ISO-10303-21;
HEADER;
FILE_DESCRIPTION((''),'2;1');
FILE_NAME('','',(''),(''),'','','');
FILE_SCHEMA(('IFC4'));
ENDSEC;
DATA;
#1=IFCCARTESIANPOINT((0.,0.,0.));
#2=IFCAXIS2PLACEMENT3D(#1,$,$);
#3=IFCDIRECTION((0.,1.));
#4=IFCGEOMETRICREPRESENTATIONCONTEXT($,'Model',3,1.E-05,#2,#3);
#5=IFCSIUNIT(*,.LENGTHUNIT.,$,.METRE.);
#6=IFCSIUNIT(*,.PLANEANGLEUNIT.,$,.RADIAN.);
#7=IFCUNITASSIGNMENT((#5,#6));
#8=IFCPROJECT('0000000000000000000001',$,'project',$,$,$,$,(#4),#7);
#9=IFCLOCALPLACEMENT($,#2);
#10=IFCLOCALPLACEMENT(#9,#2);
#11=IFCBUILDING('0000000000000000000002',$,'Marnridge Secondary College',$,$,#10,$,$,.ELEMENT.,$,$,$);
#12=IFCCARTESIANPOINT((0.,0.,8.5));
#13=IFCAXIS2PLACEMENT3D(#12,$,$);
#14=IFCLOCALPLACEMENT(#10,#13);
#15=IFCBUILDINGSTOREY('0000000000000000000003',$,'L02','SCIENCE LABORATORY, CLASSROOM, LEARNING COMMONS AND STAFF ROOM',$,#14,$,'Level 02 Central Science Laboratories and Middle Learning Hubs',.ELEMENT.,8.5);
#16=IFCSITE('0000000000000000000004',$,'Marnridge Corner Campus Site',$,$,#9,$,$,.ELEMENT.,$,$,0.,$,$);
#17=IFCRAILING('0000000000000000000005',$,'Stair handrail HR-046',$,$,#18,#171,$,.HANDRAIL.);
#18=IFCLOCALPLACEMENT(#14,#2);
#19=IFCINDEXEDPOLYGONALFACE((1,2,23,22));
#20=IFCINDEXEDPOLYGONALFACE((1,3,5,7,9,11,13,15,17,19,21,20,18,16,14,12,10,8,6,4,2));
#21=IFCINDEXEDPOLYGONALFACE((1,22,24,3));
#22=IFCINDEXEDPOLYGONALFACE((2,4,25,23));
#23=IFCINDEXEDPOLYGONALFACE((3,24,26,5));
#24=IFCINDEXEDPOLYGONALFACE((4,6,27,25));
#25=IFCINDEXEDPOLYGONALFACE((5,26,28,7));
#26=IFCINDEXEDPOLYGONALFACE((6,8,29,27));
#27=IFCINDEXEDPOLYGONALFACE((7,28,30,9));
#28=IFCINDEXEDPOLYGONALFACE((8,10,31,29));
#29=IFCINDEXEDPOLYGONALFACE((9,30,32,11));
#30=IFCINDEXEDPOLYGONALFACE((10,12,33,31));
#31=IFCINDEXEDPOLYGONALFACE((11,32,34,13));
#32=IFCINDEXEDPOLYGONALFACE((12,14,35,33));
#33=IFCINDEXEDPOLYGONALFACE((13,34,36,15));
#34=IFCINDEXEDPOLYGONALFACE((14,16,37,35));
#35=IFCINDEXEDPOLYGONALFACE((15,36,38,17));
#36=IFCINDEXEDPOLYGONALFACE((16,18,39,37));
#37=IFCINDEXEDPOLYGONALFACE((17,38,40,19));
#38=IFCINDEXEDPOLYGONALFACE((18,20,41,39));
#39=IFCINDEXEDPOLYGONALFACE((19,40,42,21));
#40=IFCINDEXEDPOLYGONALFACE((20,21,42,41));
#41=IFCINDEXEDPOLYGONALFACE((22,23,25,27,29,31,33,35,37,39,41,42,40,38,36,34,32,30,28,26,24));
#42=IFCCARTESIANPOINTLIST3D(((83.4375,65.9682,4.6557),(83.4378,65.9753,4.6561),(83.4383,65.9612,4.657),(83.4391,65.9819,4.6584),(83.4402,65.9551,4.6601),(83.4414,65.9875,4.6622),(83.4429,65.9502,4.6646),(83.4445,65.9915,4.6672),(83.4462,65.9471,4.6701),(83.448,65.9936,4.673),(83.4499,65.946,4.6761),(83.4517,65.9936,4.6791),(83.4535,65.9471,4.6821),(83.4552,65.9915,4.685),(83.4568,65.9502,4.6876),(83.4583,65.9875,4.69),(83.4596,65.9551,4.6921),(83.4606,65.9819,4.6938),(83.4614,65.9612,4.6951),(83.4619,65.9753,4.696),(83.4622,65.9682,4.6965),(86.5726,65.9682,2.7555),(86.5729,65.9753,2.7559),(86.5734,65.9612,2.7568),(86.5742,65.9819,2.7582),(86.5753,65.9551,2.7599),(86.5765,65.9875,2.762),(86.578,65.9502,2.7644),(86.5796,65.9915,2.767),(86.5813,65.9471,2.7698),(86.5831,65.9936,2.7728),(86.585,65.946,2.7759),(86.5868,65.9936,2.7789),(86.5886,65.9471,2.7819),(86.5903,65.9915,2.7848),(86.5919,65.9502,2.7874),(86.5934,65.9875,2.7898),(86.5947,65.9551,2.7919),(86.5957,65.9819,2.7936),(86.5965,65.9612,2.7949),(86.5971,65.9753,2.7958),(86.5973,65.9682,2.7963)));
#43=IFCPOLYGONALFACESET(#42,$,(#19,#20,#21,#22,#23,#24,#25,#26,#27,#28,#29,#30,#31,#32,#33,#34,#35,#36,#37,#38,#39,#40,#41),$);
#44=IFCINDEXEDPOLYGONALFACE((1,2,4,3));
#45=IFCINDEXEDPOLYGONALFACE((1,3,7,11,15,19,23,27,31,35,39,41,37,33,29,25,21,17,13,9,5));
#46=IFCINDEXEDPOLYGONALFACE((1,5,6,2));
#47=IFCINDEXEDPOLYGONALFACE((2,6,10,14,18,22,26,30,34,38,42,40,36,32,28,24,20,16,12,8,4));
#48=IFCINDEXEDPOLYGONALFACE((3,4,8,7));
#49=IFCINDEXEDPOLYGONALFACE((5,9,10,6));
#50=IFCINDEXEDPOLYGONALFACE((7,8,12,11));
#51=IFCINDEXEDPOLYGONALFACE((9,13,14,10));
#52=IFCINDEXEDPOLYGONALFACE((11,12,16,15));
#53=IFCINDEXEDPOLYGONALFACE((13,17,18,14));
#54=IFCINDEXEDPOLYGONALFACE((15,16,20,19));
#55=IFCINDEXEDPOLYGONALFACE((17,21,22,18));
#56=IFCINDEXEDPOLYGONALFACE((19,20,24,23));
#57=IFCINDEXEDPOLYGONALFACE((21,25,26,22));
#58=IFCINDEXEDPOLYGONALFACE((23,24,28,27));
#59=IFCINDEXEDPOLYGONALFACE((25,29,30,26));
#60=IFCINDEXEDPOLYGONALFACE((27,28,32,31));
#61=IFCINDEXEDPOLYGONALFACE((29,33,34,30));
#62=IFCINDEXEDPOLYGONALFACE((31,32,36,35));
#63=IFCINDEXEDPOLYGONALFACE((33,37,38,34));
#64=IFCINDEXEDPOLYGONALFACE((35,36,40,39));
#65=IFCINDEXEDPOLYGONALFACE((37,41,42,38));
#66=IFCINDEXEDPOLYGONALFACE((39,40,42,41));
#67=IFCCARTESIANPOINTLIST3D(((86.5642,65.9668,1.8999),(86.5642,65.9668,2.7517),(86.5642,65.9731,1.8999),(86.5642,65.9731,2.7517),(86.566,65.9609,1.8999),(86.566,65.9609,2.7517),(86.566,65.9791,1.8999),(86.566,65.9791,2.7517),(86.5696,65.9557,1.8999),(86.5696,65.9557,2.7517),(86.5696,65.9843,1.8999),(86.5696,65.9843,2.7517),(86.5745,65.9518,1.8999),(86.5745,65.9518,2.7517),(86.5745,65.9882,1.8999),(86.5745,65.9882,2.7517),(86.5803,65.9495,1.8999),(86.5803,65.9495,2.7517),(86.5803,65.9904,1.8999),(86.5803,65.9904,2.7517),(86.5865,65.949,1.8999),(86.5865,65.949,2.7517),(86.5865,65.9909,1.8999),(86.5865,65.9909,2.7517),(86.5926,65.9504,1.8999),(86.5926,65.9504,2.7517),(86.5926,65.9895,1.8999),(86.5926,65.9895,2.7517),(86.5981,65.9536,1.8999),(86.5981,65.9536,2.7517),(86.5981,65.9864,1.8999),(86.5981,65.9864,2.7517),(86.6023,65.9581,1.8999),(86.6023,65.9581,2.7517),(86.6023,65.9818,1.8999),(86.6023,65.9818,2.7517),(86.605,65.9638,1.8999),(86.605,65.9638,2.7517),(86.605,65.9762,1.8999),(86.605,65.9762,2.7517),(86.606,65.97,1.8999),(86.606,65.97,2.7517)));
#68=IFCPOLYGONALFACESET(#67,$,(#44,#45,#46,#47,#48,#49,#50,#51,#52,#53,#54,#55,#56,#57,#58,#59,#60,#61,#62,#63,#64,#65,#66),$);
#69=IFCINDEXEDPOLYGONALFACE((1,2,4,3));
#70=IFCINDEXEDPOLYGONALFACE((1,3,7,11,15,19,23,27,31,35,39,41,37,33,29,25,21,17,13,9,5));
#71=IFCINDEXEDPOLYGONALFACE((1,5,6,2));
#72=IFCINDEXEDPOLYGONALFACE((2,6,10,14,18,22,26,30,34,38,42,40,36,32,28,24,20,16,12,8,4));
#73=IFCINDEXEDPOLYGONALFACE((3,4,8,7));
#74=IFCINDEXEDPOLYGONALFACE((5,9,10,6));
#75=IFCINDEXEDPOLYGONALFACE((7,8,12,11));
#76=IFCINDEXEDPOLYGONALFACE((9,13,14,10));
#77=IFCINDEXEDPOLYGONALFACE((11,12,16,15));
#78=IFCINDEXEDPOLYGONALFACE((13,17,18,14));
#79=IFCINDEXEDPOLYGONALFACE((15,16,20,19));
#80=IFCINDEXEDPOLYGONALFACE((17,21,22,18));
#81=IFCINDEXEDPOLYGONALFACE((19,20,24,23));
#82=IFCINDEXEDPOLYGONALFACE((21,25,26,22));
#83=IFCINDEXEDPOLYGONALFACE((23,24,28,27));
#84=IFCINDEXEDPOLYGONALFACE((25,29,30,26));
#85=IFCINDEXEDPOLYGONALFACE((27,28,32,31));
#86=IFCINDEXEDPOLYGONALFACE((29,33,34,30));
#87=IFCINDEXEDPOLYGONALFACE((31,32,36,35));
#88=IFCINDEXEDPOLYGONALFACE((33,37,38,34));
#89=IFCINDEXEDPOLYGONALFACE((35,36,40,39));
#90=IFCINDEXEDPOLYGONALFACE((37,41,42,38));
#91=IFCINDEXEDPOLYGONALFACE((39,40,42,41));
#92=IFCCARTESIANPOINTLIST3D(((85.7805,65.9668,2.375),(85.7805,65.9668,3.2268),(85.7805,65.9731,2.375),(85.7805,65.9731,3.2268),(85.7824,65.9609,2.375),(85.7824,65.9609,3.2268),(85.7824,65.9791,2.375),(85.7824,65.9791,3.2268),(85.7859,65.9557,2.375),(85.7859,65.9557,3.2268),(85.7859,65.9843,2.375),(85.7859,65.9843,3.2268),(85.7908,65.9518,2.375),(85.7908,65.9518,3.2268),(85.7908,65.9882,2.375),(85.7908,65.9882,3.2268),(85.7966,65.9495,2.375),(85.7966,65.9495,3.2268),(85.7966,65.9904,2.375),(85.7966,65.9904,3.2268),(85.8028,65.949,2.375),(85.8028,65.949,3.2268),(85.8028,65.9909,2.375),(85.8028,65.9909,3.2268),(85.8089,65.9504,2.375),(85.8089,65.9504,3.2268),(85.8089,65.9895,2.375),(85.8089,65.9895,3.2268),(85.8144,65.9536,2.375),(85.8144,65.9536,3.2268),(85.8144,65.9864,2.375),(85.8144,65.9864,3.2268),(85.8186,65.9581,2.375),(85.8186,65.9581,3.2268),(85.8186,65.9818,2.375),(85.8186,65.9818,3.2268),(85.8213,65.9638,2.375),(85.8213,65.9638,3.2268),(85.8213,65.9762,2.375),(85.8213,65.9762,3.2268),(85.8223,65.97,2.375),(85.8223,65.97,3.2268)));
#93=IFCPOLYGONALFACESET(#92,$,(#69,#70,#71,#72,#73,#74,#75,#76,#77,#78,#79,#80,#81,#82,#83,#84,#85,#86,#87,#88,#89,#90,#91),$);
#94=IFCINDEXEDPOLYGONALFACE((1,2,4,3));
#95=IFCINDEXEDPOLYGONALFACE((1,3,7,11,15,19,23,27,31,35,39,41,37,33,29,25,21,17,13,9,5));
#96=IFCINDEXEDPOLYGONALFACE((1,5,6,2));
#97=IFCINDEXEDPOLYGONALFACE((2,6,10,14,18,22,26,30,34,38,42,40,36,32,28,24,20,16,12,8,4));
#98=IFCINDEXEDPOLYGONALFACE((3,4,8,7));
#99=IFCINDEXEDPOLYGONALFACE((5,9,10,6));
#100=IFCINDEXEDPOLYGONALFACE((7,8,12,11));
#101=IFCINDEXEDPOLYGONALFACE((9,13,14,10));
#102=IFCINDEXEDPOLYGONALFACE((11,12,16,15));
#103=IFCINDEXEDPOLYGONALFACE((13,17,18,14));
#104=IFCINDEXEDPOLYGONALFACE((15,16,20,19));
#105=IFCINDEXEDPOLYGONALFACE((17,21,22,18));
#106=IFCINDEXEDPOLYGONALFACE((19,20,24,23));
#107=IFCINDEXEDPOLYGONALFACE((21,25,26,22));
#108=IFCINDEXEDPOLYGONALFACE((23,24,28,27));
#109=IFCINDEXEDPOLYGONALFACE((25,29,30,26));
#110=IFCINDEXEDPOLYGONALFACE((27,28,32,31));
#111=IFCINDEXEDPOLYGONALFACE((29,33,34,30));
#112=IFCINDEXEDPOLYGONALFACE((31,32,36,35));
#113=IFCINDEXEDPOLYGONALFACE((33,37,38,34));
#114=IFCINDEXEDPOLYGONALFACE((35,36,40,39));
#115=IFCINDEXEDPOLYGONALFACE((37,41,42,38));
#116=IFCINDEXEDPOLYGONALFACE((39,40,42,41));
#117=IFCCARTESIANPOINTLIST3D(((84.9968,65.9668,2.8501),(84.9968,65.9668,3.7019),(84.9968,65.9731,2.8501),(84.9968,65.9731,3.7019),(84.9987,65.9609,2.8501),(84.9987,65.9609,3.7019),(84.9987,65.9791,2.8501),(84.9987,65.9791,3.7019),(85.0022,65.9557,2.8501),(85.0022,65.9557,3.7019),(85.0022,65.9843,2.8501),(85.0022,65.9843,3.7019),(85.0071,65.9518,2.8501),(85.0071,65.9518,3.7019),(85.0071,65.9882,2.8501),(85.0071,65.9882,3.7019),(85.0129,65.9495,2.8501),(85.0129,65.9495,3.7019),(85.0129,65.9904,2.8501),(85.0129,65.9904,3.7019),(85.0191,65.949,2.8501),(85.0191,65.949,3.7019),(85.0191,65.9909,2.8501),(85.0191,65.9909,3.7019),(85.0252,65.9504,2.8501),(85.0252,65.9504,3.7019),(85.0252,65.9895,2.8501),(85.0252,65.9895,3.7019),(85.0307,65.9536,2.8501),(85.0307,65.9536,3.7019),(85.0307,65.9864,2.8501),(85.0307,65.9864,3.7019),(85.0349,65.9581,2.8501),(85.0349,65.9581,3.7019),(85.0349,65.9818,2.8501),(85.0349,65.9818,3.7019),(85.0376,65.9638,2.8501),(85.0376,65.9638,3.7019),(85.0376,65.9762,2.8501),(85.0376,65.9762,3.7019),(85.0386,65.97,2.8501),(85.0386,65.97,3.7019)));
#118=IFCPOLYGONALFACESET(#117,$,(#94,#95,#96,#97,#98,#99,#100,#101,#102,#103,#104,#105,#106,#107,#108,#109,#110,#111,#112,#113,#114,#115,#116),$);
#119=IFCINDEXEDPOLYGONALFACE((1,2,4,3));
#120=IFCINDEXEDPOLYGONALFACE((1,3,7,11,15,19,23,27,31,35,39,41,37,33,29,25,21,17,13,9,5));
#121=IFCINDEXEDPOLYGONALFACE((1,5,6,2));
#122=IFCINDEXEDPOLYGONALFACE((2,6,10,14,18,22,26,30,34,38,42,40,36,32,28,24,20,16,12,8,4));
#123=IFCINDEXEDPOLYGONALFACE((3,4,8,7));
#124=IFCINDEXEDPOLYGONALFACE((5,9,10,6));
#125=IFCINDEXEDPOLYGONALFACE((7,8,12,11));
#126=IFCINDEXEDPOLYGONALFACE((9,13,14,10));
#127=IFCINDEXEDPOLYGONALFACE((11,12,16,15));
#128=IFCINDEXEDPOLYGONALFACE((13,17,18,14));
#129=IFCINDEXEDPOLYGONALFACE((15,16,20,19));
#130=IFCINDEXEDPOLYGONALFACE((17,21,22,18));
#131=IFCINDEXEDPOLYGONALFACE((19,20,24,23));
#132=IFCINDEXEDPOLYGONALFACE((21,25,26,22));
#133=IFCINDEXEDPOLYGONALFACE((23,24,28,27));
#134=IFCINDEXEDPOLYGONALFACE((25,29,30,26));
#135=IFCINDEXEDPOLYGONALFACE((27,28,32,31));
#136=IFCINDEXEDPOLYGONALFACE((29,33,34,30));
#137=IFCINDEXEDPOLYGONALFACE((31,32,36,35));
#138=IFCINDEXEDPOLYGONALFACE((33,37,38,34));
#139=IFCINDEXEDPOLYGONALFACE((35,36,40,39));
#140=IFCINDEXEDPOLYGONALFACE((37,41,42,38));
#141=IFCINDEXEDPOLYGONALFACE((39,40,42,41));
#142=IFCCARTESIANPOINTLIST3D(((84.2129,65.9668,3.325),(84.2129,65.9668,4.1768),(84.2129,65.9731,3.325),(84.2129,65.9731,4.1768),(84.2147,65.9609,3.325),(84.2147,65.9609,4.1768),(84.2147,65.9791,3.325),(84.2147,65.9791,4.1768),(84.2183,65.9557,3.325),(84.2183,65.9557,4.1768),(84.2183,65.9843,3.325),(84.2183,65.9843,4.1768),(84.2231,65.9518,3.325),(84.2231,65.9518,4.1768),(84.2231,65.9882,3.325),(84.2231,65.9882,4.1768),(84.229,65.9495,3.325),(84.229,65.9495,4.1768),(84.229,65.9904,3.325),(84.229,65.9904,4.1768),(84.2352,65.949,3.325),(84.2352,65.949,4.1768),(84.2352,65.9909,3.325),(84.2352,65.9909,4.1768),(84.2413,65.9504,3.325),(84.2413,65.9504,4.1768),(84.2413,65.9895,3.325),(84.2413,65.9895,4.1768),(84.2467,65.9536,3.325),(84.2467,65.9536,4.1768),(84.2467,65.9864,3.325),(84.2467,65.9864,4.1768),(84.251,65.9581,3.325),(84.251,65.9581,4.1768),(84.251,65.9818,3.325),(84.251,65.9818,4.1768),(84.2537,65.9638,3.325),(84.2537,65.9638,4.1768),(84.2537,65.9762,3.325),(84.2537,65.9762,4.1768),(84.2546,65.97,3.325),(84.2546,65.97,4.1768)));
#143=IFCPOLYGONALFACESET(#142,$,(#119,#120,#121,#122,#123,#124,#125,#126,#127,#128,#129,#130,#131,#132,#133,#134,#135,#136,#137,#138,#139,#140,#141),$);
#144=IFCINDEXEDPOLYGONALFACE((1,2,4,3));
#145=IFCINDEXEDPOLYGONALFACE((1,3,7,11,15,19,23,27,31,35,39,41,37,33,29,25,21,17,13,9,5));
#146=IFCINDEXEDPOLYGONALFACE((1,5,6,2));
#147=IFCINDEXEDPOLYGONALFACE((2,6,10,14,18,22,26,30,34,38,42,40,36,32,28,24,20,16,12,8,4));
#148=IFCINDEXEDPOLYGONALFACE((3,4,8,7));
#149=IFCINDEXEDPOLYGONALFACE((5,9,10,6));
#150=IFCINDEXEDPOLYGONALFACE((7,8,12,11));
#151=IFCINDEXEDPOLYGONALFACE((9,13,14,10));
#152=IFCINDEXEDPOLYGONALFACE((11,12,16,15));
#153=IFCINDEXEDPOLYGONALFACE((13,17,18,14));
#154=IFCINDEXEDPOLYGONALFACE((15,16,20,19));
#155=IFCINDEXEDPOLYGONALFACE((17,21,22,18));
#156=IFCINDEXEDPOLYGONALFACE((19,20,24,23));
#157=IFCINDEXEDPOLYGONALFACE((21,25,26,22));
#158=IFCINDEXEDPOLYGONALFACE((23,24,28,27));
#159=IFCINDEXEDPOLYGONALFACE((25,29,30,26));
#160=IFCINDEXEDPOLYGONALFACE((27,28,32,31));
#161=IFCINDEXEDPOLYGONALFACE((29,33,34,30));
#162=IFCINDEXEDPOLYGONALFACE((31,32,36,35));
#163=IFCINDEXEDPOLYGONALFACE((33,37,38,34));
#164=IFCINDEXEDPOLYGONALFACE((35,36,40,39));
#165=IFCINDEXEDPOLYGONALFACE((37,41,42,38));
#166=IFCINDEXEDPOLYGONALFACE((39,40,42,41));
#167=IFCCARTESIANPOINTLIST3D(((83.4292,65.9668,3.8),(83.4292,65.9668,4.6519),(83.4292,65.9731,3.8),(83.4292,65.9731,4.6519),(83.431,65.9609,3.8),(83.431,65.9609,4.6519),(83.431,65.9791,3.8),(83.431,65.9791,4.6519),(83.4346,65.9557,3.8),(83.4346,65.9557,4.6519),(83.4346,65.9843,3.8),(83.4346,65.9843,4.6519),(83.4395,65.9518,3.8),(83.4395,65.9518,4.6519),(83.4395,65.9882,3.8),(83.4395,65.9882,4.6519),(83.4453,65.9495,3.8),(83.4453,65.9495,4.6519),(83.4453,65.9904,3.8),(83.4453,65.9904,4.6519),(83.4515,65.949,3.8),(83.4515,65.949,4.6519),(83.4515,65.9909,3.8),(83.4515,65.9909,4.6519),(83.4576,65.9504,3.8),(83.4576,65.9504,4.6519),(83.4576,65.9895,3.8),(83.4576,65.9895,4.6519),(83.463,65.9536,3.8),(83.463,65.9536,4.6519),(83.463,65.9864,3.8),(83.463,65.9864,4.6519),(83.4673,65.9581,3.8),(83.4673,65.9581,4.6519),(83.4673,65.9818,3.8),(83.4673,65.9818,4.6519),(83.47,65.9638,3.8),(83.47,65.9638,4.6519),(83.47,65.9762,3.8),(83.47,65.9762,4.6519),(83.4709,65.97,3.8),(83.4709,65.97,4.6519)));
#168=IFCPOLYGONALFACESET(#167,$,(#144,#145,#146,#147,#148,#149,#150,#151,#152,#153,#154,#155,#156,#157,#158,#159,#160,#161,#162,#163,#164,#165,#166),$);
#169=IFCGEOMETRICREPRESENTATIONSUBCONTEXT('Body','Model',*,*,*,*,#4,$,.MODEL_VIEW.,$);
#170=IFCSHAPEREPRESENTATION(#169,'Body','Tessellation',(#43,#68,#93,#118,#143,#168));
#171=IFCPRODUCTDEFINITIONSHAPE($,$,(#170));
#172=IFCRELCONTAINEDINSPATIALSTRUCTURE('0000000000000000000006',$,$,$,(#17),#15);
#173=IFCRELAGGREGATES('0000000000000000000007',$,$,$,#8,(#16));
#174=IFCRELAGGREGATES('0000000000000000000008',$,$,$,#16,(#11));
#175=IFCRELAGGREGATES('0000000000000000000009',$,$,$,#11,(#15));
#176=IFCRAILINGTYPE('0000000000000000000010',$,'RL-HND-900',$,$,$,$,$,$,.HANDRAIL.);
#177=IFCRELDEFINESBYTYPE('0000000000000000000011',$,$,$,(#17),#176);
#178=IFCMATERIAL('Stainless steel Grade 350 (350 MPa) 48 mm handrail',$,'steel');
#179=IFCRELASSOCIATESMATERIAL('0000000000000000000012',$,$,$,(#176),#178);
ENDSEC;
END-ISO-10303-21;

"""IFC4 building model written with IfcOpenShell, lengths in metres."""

from ifc_helpers import new_model, si_unit, direction, frame, origin, origin_2d, place, context, subcontext, project, spatial, circle, extrude, material, type_object, element, save


model = new_model("IFC4")

# Units and contexts
model_context = context("Model", 3, precision=1e-05, world=origin(), true_north=direction((0.0, 1.0)))
body_context = subcontext(model_context, "Body", "Model", "MODEL_VIEW")
ifc_project = project(units=[si_unit("LENGTHUNIT", "METRE"), si_unit("PLANEANGLEUNIT", "RADIAN")], contexts=[model_context])

# Site, building, storey
site_placement = place(None, origin())
site = spatial("IfcSite", under=ifc_project, at=site_placement, Name="Marnridge Corner Campus Site", CompositionType="ELEMENT", RefElevation=0.0)
building_placement = place(site_placement, origin())
building = spatial("IfcBuilding", under=site, at=building_placement, Name="Marnridge Secondary College", CompositionType="ELEMENT")
storey_placement = place(building_placement, frame((0.0, 0.0, 8.5)))
storey = spatial("IfcBuildingStorey", under=building, at=storey_placement, Name="L02", Description="SCIENCE LABORATORY, CLASSROOM, LEARNING COMMONS AND STAFF ROOM", LongName="Level 02 Central Science Laboratories and Middle Learning Hubs", CompositionType="ELEMENT", Elevation=8.5)

# Railing
ifc_material_1 = material(Name="Stainless steel Grade 350 (350 MPa) 48 mm handrail", Category="steel")
railing_type_1 = type_object("IfcRailingType", Name="RL-HND-900", PredefinedType="HANDRAIL", material=ifc_material_1)
for number, where, name in (
    (1, (86.585, 65.97, 1.8999), "Stair handrail HR-046"),
):
    element("IfcRailing", number, at=place(storey_placement, frame(where)), inside=storey, type_object=railing_type_1, Name=name, PredefinedType="HANDRAIL", context=body_context, shape_type="SweptSolid", body=[
        extrude(circle(Radius=0.0239, at=origin_2d()), frame((0.0, 0.0, 0.876), z_axis=(-0.855181, 0.0, 0.51833), x_axis=(0.0, -1.0, 0.0)), (0.0, 0.0, 1.0), 3.666),
        extrude(circle(Radius=0.021, at=origin_2d()), origin(), (0.0, 0.0, 1.0), 0.8518),
        extrude(circle(Radius=0.021, at=origin_2d()), frame((-0.7837, 0.0, 0.4751)), (0.0, 0.0, 1.0), 0.8518),
        extrude(circle(Radius=0.021, at=origin_2d()), frame((-1.5674, 0.0, 0.9502)), (0.0, 0.0, 1.0), 0.8518),
        extrude(circle(Radius=0.021, at=origin_2d()), frame((-2.3513, 0.0, 1.425)), (0.0, 0.0, 1.0), 0.8518),
        extrude(circle(Radius=0.021, at=origin_2d()), frame((-3.135, 0.0, 1.9001)), (0.0, 0.0, 1.0), 0.8518),
    ])

save(model, "model.ifc")
